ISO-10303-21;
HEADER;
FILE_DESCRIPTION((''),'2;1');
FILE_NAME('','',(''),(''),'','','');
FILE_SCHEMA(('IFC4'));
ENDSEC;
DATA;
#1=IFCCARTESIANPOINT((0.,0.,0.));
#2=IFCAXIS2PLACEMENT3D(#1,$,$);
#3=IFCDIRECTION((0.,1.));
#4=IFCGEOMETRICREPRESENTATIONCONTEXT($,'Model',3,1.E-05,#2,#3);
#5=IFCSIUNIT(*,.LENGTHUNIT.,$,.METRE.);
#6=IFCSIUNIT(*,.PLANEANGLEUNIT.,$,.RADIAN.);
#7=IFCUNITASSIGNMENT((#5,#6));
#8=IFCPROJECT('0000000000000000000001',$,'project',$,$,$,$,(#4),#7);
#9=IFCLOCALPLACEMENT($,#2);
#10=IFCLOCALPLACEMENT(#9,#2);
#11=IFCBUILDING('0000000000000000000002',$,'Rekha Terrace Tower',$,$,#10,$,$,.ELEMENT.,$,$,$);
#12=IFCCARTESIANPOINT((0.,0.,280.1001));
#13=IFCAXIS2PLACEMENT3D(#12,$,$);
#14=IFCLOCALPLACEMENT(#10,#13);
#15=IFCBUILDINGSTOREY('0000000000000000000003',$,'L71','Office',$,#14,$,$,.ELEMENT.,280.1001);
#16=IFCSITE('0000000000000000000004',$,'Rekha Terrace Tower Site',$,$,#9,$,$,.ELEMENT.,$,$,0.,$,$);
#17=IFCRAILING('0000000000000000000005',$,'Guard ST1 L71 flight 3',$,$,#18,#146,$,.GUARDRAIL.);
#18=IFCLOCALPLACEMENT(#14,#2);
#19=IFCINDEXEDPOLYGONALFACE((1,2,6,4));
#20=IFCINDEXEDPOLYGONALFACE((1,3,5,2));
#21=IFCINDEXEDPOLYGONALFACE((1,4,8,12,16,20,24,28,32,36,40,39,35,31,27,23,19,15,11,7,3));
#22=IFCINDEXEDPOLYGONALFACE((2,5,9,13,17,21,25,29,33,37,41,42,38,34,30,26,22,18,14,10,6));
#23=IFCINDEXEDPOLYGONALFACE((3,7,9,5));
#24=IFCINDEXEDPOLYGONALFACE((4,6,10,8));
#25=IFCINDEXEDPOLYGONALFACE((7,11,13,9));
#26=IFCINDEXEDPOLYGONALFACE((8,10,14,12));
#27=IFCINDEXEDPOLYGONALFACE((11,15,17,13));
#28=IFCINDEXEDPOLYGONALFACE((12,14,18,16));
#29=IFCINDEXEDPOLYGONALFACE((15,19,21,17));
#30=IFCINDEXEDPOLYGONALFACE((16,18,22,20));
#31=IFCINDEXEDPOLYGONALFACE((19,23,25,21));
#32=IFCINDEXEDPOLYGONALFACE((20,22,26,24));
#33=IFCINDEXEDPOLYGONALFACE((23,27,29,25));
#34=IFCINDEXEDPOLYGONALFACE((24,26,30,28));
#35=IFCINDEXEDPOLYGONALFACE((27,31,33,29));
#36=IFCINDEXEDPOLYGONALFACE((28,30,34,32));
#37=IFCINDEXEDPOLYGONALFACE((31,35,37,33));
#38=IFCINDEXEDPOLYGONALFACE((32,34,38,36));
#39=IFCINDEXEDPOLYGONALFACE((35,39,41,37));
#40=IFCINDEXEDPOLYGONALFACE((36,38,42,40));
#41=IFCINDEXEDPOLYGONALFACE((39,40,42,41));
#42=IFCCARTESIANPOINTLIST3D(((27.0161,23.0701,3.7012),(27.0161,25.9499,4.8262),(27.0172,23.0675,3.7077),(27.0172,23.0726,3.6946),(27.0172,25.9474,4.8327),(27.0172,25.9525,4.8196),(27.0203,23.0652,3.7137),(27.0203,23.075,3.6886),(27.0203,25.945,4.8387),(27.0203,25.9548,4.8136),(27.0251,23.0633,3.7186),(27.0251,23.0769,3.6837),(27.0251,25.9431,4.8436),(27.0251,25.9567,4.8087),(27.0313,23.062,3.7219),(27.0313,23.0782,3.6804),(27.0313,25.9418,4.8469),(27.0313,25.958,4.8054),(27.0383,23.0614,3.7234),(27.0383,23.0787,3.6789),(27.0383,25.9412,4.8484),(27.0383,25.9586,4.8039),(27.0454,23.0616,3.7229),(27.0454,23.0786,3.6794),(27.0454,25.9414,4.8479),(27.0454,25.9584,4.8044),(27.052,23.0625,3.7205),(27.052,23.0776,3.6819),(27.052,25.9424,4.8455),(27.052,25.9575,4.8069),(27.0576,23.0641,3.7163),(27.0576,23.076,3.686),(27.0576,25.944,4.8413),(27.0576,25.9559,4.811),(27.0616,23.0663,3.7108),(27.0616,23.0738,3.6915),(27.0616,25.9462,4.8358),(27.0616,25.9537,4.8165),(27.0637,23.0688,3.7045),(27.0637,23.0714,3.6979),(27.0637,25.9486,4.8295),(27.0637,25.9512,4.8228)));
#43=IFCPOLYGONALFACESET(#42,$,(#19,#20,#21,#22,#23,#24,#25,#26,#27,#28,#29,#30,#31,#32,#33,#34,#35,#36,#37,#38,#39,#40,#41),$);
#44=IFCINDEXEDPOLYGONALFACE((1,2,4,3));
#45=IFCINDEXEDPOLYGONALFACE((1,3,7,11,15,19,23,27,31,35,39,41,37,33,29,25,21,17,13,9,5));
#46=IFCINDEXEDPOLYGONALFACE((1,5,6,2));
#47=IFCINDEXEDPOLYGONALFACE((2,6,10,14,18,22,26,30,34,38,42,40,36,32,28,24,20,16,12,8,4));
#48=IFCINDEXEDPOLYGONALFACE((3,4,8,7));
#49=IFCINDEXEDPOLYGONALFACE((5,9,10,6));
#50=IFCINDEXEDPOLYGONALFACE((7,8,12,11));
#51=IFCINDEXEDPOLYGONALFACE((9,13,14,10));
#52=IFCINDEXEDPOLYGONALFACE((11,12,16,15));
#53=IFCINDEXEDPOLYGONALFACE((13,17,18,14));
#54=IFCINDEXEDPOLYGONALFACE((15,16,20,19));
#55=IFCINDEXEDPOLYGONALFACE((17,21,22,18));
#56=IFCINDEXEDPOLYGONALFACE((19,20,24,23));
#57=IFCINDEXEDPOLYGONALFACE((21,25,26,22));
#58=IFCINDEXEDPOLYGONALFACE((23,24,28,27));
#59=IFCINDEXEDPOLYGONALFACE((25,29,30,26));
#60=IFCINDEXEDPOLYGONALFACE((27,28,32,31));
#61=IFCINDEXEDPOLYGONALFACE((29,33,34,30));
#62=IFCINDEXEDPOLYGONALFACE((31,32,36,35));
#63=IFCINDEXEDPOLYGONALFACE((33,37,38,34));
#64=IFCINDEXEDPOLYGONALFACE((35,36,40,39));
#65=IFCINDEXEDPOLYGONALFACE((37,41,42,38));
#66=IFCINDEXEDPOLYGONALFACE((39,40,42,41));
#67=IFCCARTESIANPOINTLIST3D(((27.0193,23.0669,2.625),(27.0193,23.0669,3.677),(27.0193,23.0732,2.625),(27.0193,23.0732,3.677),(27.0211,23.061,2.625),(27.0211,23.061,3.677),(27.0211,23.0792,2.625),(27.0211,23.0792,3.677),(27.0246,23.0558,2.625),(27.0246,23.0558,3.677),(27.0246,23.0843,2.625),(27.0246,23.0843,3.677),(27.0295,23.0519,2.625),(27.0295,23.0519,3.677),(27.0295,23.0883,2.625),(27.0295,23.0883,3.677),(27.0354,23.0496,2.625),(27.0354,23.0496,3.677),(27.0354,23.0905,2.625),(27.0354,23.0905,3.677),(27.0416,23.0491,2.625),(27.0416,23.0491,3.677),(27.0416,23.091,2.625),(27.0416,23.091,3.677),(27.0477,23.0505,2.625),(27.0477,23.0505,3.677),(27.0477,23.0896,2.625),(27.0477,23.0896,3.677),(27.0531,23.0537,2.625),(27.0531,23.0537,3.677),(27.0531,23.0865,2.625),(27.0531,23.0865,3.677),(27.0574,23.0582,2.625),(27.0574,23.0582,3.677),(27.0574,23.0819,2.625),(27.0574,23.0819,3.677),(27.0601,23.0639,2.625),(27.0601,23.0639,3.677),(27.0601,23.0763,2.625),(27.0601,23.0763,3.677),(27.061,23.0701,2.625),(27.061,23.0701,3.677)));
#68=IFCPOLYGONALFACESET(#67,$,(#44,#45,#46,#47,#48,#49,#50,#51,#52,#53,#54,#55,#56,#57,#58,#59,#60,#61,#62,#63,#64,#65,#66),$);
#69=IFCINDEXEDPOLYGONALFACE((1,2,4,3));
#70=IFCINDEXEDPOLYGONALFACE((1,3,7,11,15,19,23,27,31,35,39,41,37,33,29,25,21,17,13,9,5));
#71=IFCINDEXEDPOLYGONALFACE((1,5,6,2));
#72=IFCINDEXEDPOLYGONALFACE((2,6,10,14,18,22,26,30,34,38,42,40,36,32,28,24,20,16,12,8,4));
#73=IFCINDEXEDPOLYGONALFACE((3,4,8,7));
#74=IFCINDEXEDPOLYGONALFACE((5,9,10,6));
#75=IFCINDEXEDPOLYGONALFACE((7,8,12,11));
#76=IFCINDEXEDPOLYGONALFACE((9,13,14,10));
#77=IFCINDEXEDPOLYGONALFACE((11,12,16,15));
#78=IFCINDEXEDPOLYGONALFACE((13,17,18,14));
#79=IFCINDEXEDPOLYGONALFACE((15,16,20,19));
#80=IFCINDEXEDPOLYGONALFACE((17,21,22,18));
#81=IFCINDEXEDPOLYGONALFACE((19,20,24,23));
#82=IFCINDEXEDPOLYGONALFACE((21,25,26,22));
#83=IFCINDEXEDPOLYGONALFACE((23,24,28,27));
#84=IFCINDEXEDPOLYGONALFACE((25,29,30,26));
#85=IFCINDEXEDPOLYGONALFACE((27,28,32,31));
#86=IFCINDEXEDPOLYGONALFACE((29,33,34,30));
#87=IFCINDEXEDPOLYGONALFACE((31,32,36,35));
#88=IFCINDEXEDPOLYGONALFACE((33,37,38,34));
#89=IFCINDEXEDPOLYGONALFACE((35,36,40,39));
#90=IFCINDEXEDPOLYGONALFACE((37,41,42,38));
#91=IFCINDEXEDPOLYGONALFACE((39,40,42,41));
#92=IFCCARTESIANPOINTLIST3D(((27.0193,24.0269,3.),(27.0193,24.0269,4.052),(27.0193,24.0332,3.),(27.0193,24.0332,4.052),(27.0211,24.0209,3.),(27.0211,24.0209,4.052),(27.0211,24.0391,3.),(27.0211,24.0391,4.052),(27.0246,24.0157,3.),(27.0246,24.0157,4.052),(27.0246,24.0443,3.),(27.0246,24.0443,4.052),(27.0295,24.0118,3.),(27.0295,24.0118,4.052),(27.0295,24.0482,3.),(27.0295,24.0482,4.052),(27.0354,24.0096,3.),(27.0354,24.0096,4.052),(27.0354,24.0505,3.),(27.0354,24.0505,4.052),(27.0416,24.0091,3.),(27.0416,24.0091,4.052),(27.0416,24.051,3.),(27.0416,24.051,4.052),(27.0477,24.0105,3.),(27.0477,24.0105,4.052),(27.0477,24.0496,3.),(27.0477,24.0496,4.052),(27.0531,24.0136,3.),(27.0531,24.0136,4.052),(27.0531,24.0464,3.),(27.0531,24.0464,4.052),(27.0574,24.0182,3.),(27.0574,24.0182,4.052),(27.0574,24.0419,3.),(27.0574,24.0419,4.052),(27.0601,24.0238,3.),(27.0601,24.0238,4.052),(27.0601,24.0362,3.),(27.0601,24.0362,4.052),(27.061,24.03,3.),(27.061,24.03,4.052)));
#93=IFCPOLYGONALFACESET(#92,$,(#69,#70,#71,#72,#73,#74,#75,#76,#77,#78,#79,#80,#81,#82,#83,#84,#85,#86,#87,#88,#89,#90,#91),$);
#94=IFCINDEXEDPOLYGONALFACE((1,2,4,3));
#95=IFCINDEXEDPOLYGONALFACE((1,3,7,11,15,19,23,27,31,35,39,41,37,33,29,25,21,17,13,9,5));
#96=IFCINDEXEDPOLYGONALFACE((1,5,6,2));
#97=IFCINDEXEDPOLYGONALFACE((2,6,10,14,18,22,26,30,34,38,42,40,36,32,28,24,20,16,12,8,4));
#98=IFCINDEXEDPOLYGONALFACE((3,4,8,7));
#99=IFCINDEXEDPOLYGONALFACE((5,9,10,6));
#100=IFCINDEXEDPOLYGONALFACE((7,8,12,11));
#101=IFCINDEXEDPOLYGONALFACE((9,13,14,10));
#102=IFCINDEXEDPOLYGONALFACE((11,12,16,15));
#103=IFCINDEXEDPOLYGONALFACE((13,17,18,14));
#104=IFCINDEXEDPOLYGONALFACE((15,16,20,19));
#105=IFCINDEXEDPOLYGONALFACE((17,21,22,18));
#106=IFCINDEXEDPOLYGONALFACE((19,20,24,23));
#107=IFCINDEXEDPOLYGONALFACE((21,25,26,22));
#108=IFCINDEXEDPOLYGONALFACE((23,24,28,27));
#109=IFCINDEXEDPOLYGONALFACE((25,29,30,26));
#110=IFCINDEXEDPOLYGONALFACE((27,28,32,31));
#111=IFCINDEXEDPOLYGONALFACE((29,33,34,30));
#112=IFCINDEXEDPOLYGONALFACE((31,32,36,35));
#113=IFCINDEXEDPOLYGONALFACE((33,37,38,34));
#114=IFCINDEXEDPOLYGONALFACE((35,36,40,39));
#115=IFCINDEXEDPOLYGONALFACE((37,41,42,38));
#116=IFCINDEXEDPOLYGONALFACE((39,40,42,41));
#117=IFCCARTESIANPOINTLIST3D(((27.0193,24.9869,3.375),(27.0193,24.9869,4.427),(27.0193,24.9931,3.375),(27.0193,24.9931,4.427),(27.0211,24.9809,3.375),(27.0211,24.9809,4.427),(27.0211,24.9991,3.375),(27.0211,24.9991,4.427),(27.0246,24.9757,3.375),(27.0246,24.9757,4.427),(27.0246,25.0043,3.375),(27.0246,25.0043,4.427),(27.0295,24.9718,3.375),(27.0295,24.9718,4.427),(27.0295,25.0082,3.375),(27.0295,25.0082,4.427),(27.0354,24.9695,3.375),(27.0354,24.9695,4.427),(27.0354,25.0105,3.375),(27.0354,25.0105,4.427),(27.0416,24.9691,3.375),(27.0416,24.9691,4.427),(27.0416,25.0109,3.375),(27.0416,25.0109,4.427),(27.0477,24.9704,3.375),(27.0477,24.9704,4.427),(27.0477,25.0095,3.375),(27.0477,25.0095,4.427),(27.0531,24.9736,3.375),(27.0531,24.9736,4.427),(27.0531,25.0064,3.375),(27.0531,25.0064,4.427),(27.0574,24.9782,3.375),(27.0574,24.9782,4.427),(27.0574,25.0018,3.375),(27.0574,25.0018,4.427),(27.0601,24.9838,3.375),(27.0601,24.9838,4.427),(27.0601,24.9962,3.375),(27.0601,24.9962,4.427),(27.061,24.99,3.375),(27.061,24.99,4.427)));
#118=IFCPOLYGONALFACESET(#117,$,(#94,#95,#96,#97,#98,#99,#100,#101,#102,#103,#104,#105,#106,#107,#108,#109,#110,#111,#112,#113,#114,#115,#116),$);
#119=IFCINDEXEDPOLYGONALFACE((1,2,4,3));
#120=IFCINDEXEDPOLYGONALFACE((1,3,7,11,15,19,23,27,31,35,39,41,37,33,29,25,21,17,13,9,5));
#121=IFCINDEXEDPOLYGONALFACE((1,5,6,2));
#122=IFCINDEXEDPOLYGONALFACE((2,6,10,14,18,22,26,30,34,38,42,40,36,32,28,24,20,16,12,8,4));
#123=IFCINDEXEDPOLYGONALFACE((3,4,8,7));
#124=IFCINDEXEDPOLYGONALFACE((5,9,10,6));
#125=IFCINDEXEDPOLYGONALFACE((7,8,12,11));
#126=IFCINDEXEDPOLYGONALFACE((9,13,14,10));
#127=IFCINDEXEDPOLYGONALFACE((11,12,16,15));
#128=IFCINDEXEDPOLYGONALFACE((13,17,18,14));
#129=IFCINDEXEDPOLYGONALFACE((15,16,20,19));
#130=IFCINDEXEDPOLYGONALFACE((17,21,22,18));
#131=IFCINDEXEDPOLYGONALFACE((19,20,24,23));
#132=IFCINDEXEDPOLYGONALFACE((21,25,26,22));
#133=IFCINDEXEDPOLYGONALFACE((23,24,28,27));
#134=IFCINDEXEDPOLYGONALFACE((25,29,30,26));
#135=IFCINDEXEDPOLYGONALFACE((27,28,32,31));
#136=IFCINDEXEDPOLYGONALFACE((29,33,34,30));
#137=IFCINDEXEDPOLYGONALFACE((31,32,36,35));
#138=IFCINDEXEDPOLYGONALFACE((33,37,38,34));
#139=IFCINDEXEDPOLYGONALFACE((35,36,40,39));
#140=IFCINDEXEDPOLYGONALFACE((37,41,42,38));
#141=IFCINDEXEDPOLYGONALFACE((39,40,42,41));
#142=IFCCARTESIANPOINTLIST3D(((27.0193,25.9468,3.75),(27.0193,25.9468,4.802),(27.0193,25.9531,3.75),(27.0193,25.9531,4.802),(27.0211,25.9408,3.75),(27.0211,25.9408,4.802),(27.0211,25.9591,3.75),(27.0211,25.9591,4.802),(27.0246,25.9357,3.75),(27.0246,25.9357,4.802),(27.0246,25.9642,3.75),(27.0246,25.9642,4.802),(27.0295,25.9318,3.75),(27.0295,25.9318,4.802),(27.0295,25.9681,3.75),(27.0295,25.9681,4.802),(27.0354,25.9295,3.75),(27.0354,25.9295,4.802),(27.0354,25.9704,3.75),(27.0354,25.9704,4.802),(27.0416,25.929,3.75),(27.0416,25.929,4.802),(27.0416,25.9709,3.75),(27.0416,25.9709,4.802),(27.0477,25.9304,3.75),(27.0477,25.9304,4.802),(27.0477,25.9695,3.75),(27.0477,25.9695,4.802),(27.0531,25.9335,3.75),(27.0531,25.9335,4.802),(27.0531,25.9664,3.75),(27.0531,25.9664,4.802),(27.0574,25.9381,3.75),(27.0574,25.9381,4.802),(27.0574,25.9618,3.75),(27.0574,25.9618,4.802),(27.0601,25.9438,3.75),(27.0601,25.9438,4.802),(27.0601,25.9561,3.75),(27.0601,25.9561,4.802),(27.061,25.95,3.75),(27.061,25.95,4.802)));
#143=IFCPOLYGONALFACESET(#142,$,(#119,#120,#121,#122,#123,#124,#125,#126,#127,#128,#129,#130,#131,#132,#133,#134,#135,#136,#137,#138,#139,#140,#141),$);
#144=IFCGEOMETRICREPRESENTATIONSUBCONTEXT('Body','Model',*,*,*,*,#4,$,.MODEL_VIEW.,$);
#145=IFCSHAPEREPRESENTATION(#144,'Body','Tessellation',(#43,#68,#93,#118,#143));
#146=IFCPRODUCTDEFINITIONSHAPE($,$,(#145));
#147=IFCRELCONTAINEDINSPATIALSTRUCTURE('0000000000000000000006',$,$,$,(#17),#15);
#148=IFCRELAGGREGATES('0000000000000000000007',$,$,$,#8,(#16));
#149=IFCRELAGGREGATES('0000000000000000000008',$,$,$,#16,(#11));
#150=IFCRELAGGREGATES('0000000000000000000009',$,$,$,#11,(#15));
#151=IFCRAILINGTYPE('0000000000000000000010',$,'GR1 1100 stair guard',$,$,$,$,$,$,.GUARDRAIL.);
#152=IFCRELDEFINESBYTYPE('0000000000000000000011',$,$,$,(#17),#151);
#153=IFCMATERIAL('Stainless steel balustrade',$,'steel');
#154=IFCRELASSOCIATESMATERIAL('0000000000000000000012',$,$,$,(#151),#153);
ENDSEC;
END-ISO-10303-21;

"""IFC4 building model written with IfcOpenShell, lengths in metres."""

from ifc_helpers import new_model, si_unit, direction, frame, origin, origin_2d, place, context, subcontext, project, spatial, circle, extrude, material, type_object, element, save


model = new_model("IFC4")

# Units and contexts
model_context = context("Model", 3, precision=1e-05, world=origin(), true_north=direction((0.0, 1.0)))
body_context = subcontext(model_context, "Body", "Model", "MODEL_VIEW")
ifc_project = project(units=[si_unit("LENGTHUNIT", "METRE"), si_unit("PLANEANGLEUNIT", "RADIAN")], contexts=[model_context])

# Site, building, storey
site_placement = place(None, origin())
site = spatial("IfcSite", under=ifc_project, at=site_placement, Name="Rekha Terrace Tower Site", CompositionType="ELEMENT", RefElevation=0.0)
building_placement = place(site_placement, origin())
building = spatial("IfcBuilding", under=site, at=building_placement, Name="Rekha Terrace Tower", CompositionType="ELEMENT")
storey_placement = place(building_placement, frame((0.0, 0.0, 280.1001)))
storey = spatial("IfcBuildingStorey", under=building, at=storey_placement, Name="L71", Description="Office", CompositionType="ELEMENT", Elevation=280.1001)

# Railing
ifc_material_1 = material(Name="Stainless steel balustrade", Category="steel")
railing_type_1 = type_object("IfcRailingType", Name="GR1 1100 stair guard", PredefinedType="GUARDRAIL", material=ifc_material_1)
railing_1_placement = place(storey_placement, frame((27.04, 23.0701, 2.625)))
element("IfcRailing", 1, at=railing_1_placement, inside=storey, type_object=railing_type_1, Name="Guard ST1 L71 flight 3", PredefinedType="GUARDRAIL", context=body_context, shape_type="SweptSolid", body=[
    extrude(circle(Radius=0.0239, at=origin_2d()), frame((0.0, 0.0, 1.0762), z_axis=(0.0, 0.931452, 0.363863), x_axis=(-1.0, 0.0, 0.0)), (0.0, 0.0, 1.0), 3.0918),
    extrude(circle(Radius=0.021, at=origin_2d()), origin(), (0.0, 0.0, 1.0), 1.052),
    extrude(circle(Radius=0.021, at=origin_2d()), frame((0.0, 0.96, 0.375)), (0.0, 0.0, 1.0), 1.052),
    extrude(circle(Radius=0.021, at=origin_2d()), frame((0.0, 1.9199, 0.75)), (0.0, 0.0, 1.0), 1.052),
    extrude(circle(Radius=0.021, at=origin_2d()), frame((0.0, 2.8799, 1.125)), (0.0, 0.0, 1.0), 1.052),
])

save(model, "model.ifc")
